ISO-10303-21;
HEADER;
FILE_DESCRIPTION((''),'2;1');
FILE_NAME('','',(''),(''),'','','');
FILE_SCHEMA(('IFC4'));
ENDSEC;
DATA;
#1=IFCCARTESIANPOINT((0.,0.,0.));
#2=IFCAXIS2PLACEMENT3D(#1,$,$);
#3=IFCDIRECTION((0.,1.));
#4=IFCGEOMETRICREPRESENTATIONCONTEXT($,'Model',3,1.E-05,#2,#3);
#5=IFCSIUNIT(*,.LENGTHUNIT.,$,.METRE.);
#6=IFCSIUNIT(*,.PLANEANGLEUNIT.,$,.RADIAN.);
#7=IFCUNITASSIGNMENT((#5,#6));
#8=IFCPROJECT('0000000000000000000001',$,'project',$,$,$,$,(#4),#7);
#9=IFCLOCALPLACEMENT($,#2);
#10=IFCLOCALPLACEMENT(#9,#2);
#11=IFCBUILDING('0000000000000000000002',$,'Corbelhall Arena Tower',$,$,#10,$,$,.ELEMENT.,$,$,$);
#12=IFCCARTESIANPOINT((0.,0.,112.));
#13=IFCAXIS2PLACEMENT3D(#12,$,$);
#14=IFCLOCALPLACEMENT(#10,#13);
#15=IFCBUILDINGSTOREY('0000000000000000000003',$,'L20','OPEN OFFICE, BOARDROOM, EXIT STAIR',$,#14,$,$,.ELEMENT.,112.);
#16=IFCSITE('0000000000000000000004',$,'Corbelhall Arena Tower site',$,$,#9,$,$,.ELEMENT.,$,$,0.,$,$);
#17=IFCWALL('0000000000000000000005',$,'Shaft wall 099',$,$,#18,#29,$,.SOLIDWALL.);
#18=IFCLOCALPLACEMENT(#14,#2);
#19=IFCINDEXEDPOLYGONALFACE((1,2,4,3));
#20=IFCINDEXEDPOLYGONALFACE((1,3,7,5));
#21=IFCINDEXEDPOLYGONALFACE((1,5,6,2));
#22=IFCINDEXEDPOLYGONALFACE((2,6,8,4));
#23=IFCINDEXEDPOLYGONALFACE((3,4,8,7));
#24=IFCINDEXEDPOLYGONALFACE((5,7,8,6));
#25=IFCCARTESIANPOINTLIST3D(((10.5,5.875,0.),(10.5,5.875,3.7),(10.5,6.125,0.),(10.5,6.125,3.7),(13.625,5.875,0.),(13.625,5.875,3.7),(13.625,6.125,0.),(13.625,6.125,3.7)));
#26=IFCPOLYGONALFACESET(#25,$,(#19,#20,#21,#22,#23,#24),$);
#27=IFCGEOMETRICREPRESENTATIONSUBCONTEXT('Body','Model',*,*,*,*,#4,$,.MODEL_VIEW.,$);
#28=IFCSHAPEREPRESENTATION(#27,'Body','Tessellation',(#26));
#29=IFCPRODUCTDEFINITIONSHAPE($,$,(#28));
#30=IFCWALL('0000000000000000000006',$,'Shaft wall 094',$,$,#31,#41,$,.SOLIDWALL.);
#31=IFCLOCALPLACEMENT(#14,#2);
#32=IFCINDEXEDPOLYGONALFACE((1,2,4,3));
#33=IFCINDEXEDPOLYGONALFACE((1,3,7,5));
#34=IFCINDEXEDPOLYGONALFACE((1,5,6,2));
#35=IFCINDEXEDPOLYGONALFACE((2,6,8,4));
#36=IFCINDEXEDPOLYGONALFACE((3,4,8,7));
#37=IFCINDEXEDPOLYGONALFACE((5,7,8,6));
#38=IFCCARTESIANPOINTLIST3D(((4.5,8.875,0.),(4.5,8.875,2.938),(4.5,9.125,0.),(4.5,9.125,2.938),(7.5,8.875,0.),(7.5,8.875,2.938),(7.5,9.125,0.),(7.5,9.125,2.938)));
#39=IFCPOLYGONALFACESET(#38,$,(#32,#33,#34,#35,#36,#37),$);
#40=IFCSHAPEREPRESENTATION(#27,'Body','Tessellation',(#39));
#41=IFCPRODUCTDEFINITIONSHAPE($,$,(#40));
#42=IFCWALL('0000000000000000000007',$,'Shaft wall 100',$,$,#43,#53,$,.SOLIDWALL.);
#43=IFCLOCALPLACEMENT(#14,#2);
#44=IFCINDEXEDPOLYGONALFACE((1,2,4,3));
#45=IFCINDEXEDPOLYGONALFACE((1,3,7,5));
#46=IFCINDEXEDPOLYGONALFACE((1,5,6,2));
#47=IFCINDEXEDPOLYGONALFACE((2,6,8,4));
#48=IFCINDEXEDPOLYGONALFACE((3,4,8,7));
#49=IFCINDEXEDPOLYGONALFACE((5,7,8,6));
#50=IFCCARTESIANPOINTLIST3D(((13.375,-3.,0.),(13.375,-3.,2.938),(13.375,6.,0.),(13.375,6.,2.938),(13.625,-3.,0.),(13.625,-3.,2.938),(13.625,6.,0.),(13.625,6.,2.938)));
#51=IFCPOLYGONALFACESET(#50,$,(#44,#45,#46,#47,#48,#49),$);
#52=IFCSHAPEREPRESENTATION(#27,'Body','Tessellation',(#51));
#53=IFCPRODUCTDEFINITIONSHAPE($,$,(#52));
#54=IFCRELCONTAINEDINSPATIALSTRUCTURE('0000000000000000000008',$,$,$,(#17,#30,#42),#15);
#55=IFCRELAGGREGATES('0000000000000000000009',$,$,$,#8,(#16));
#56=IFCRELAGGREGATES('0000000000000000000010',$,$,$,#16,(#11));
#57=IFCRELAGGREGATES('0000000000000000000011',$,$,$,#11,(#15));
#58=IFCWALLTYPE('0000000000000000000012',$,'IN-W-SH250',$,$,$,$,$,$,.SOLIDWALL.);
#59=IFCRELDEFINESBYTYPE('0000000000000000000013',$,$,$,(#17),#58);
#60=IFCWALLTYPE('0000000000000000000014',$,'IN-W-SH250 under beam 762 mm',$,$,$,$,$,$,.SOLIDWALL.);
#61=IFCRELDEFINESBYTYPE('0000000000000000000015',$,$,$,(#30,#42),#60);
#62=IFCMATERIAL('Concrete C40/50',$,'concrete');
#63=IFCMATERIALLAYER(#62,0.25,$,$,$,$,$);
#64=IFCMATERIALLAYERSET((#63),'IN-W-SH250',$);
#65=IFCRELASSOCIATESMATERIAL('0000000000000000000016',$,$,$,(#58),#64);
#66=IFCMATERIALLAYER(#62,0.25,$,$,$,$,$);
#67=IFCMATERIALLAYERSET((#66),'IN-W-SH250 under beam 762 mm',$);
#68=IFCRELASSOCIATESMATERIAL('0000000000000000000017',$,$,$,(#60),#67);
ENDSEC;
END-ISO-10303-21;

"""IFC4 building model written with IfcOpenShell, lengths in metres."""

from ifc_helpers import new_model, si_unit, direction, frame, frame_2d, origin, place, context, subcontext, project, spatial, rectangle, extrude, material, layer, layer_set, type_object, element, save


model = new_model("IFC4")

# Units and contexts
model_context = context("Model", 3, precision=1e-05, world=origin(), true_north=direction((0.0, 1.0)))
body_context = subcontext(model_context, "Body", "Model", "MODEL_VIEW")
ifc_project = project(units=[si_unit("LENGTHUNIT", "METRE"), si_unit("PLANEANGLEUNIT", "RADIAN")], contexts=[model_context])

# Site, building, storey
site_placement = place(None, origin())
site = spatial("IfcSite", under=ifc_project, at=site_placement, Name="Corbelhall Arena Tower site", CompositionType="ELEMENT", RefElevation=0.0)
building_placement = place(site_placement, origin())
building = spatial("IfcBuilding", under=site, at=building_placement, Name="Corbelhall Arena Tower", CompositionType="ELEMENT")
storey_placement = place(building_placement, frame((0.0, 0.0, 112.0)))
storey = spatial("IfcBuildingStorey", under=building, at=storey_placement, Name="L20", Description="OPEN OFFICE, BOARDROOM, EXIT STAIR", CompositionType="ELEMENT", Elevation=112.0)

# Shared definitions
ifc_material_1 = material(Name="Concrete C40/50", Category="concrete")
ifc_layer_1 = layer(ifc_material_1, 0.25)
ifc_layer_set_1 = layer_set([ifc_layer_1], Name="IN-W-SH250")
wall_type_1 = type_object("IfcWallType", Name="IN-W-SH250", PredefinedType="SOLIDWALL", material=ifc_layer_set_1)

# Walls
wall_1_placement = place(storey_placement, frame((10.5, 6.0, 0.0), z_axis=(0.0, 0.0, 1.0), x_axis=(1.0, 0.0, 0.0)))
element("IfcWall", 1, at=wall_1_placement, inside=storey, type_object=wall_type_1, Name="Shaft wall 099", PredefinedType="SOLIDWALL", context=body_context, shape_type="SweptSolid", body=[
    extrude(rectangle(XDim=3.125, YDim=0.25, at=frame_2d((1.5625, 0.0))), origin(), (0.0, 0.0, 1.0), 3.7),
])
ifc_layer_2 = layer(ifc_material_1, 0.25)
ifc_layer_set_2 = layer_set([ifc_layer_2], Name="IN-W-SH250 under beam 762 mm")
wall_type_2 = type_object("IfcWallType", Name="IN-W-SH250 under beam 762 mm", PredefinedType="SOLIDWALL", material=ifc_layer_set_2)
wall_2_placement = place(storey_placement, frame((4.5, 9.0, 0.0), z_axis=(0.0, 0.0, 1.0), x_axis=(1.0, 0.0, 0.0)))
element("IfcWall", 2, at=wall_2_placement, inside=storey, type_object=wall_type_2, Name="Shaft wall 094", PredefinedType="SOLIDWALL", context=body_context, shape_type="SweptSolid", body=[
    extrude(rectangle(XDim=3.0, YDim=0.25, at=frame_2d((1.5, 0.0))), origin(), (0.0, 0.0, 1.0), 2.938),
])
wall_3_placement = place(storey_placement, frame((13.5, 6.0, 0.0), z_axis=(0.0, 0.0, 1.0), x_axis=(0.0, -1.0, 0.0)))
element("IfcWall", 3, at=wall_3_placement, inside=storey, type_object=wall_type_2, Name="Shaft wall 100", PredefinedType="SOLIDWALL", context=body_context, shape_type="SweptSolid", body=[
    extrude(rectangle(XDim=9.0, YDim=0.25, at=frame_2d((4.5, 0.0))), origin(), (0.0, 0.0, 1.0), 2.938),
])

save(model, "model.ifc")
